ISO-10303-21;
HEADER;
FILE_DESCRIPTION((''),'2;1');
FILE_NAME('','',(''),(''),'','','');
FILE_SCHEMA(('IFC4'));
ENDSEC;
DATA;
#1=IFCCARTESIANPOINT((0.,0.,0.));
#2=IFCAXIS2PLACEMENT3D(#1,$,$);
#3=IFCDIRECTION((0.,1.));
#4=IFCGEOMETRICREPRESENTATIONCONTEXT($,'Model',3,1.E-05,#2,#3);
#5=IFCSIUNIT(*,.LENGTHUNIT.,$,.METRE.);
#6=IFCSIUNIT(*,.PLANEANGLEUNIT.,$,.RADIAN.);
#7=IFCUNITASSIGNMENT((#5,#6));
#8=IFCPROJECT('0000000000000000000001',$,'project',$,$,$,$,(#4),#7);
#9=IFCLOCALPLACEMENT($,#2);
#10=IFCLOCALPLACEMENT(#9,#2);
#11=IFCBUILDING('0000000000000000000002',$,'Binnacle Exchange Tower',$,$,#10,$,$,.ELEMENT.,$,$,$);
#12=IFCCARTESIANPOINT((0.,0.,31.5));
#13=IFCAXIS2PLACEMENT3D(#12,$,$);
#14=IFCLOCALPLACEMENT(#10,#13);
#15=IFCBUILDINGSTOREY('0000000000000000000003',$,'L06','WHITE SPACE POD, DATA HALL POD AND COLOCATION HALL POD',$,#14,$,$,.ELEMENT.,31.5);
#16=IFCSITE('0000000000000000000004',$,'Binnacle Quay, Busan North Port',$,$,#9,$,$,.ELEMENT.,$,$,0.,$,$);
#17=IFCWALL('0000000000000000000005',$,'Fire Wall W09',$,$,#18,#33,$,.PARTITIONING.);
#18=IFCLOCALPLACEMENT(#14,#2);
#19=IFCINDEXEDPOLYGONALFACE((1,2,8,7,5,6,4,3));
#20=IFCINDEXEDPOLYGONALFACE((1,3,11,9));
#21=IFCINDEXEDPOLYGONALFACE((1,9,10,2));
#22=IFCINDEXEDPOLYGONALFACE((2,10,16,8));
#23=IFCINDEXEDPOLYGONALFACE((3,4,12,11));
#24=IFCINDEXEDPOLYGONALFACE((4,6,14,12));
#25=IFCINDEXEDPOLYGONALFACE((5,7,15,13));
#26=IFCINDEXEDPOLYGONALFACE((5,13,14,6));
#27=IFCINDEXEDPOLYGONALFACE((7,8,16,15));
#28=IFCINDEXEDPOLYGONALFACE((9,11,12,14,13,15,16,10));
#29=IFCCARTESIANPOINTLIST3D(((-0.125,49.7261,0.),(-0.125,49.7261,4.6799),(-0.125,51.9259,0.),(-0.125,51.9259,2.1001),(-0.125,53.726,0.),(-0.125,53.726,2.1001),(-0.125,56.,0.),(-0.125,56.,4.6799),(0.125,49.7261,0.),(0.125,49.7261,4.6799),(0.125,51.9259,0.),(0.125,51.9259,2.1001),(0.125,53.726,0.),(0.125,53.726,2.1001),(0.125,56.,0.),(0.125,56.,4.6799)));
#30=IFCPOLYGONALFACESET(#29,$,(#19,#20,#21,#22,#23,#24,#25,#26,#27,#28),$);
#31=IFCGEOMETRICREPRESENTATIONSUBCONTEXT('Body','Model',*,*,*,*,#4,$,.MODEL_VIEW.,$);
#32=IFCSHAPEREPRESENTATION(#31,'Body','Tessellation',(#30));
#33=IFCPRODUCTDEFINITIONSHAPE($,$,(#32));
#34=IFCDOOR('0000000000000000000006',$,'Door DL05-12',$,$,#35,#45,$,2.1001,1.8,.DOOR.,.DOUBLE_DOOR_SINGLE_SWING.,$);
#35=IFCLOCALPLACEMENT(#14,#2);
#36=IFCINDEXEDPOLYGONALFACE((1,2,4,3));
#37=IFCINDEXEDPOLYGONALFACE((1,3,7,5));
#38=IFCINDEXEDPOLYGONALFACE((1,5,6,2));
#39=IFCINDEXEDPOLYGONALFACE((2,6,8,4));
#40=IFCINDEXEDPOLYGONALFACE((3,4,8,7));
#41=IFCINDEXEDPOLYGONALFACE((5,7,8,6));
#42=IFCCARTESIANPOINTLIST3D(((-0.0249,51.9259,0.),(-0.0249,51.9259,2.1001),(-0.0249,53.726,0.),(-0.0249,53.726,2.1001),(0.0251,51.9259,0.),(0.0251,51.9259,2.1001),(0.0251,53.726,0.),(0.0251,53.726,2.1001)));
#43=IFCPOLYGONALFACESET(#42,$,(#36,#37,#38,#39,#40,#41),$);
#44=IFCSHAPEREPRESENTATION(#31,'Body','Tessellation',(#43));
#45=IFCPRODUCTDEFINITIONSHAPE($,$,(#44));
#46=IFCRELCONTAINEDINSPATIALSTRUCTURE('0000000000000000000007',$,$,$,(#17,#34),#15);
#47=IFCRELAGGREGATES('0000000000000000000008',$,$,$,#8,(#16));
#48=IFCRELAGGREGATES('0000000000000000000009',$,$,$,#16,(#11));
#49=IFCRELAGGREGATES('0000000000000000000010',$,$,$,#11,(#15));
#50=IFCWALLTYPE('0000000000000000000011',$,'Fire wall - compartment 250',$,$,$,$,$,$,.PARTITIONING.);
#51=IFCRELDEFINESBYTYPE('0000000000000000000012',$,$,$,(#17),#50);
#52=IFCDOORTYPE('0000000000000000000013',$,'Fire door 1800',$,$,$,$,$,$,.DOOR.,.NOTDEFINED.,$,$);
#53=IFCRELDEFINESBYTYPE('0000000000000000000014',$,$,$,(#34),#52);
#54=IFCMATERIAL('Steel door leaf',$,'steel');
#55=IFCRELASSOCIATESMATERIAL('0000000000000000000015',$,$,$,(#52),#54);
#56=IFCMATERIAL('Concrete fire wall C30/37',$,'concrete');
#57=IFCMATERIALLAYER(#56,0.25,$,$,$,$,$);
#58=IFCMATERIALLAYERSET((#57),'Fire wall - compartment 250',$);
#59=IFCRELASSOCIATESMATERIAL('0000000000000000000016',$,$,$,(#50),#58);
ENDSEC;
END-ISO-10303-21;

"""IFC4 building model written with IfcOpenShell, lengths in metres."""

from ifc_helpers import new_model, si_unit, direction, frame, frame_2d, origin, place, context, subcontext, project, spatial, rectangle, extrude, material, layer, layer_set, type_object, element, fill, save


model = new_model("IFC4")

# Units and contexts
model_context = context("Model", 3, precision=1e-05, world=origin(), true_north=direction((0.0, 1.0)))
body_context = subcontext(model_context, "Body", "Model", "MODEL_VIEW")
ifc_project = project(units=[si_unit("LENGTHUNIT", "METRE"), si_unit("PLANEANGLEUNIT", "RADIAN")], contexts=[model_context])

# Site, building, storey
site_placement = place(None, origin())
site = spatial("IfcSite", under=ifc_project, at=site_placement, Name="Binnacle Quay, Busan North Port", CompositionType="ELEMENT", RefElevation=0.0)
building_placement = place(site_placement, origin())
building = spatial("IfcBuilding", under=site, at=building_placement, Name="Binnacle Exchange Tower", CompositionType="ELEMENT")
storey_placement = place(building_placement, frame((0.0, 0.0, 31.5)))
storey = spatial("IfcBuildingStorey", under=building, at=storey_placement, Name="L06", Description="WHITE SPACE POD, DATA HALL POD AND COLOCATION HALL POD", CompositionType="ELEMENT", Elevation=31.5)

# Shared definitions
ifc_material_1 = material(Name="Steel door leaf", Category="steel")

# Shared definitions
door_type_1 = type_object("IfcDoorType", Name="Fire door 1800", OperationType="NOTDEFINED", PredefinedType="DOOR", material=ifc_material_1)

# Wall, opening, door
ifc_material_2 = material(Name="Concrete fire wall C30/37", Category="concrete")
ifc_layer_1 = layer(ifc_material_2, 0.25)
ifc_layer_set_1 = layer_set([ifc_layer_1], Name="Fire wall - compartment 250")
wall_type_1 = type_object("IfcWallType", Name="Fire wall - compartment 250", PredefinedType="PARTITIONING", material=ifc_layer_set_1)
wall_1_placement = place(storey_placement, frame((0.0, 49.7261, 0.0), z_axis=(0.0, 0.0, 1.0), x_axis=(0.0, 1.0, 0.0)))
wall_1 = element("IfcWall", 1, at=wall_1_placement, inside=storey, type_object=wall_type_1, Name="Fire Wall W09", PredefinedType="PARTITIONING", context=body_context, shape_type="SweptSolid", body=[
    extrude(rectangle(XDim=6.2739, YDim=0.25, at=frame_2d((3.137, 0.0))), origin(), (0.0, 0.0, 1.0), 4.6799),
])
opening_1_placement = place(wall_1_placement, frame((2.2, 0.0, 0.0)))
opening_1 = element("IfcOpeningElement", 2, at=opening_1_placement, cuts=wall_1, PredefinedType="OPENING", context=body_context, shape_type="SweptSolid", body=[
    extrude(rectangle(XDim=1.8, YDim=2.1001, at=frame_2d((0.8999, 1.05))), frame((0.0, 0.135, 0.0), z_axis=(0.0, -1.0, 0.0), x_axis=(1.0, 0.0, 0.0)), (0.0, 0.0, 1.0), 0.27),
])
door_1_placement = place(opening_1_placement, origin())
door_1 = element("IfcDoor", 3, at=door_1_placement, inside=storey, type_object=door_type_1, Name="Door DL05-12", OperationType="DOUBLE_DOOR_SINGLE_SWING", OverallHeight=2.1001, OverallWidth=1.8, PredefinedType="DOOR", context=body_context, shape_type="SweptSolid", body=[
    extrude(rectangle(XDim=1.8, YDim=2.1001, at=frame_2d((0.8999, 1.05))), frame((0.0, 0.0249, 0.0), z_axis=(0.0, -1.0, 0.0), x_axis=(1.0, 0.0, 0.0)), (0.0, 0.0, 1.0), 0.05),
])
fill(opening_1, door_1)

save(model, "model.ifc")
